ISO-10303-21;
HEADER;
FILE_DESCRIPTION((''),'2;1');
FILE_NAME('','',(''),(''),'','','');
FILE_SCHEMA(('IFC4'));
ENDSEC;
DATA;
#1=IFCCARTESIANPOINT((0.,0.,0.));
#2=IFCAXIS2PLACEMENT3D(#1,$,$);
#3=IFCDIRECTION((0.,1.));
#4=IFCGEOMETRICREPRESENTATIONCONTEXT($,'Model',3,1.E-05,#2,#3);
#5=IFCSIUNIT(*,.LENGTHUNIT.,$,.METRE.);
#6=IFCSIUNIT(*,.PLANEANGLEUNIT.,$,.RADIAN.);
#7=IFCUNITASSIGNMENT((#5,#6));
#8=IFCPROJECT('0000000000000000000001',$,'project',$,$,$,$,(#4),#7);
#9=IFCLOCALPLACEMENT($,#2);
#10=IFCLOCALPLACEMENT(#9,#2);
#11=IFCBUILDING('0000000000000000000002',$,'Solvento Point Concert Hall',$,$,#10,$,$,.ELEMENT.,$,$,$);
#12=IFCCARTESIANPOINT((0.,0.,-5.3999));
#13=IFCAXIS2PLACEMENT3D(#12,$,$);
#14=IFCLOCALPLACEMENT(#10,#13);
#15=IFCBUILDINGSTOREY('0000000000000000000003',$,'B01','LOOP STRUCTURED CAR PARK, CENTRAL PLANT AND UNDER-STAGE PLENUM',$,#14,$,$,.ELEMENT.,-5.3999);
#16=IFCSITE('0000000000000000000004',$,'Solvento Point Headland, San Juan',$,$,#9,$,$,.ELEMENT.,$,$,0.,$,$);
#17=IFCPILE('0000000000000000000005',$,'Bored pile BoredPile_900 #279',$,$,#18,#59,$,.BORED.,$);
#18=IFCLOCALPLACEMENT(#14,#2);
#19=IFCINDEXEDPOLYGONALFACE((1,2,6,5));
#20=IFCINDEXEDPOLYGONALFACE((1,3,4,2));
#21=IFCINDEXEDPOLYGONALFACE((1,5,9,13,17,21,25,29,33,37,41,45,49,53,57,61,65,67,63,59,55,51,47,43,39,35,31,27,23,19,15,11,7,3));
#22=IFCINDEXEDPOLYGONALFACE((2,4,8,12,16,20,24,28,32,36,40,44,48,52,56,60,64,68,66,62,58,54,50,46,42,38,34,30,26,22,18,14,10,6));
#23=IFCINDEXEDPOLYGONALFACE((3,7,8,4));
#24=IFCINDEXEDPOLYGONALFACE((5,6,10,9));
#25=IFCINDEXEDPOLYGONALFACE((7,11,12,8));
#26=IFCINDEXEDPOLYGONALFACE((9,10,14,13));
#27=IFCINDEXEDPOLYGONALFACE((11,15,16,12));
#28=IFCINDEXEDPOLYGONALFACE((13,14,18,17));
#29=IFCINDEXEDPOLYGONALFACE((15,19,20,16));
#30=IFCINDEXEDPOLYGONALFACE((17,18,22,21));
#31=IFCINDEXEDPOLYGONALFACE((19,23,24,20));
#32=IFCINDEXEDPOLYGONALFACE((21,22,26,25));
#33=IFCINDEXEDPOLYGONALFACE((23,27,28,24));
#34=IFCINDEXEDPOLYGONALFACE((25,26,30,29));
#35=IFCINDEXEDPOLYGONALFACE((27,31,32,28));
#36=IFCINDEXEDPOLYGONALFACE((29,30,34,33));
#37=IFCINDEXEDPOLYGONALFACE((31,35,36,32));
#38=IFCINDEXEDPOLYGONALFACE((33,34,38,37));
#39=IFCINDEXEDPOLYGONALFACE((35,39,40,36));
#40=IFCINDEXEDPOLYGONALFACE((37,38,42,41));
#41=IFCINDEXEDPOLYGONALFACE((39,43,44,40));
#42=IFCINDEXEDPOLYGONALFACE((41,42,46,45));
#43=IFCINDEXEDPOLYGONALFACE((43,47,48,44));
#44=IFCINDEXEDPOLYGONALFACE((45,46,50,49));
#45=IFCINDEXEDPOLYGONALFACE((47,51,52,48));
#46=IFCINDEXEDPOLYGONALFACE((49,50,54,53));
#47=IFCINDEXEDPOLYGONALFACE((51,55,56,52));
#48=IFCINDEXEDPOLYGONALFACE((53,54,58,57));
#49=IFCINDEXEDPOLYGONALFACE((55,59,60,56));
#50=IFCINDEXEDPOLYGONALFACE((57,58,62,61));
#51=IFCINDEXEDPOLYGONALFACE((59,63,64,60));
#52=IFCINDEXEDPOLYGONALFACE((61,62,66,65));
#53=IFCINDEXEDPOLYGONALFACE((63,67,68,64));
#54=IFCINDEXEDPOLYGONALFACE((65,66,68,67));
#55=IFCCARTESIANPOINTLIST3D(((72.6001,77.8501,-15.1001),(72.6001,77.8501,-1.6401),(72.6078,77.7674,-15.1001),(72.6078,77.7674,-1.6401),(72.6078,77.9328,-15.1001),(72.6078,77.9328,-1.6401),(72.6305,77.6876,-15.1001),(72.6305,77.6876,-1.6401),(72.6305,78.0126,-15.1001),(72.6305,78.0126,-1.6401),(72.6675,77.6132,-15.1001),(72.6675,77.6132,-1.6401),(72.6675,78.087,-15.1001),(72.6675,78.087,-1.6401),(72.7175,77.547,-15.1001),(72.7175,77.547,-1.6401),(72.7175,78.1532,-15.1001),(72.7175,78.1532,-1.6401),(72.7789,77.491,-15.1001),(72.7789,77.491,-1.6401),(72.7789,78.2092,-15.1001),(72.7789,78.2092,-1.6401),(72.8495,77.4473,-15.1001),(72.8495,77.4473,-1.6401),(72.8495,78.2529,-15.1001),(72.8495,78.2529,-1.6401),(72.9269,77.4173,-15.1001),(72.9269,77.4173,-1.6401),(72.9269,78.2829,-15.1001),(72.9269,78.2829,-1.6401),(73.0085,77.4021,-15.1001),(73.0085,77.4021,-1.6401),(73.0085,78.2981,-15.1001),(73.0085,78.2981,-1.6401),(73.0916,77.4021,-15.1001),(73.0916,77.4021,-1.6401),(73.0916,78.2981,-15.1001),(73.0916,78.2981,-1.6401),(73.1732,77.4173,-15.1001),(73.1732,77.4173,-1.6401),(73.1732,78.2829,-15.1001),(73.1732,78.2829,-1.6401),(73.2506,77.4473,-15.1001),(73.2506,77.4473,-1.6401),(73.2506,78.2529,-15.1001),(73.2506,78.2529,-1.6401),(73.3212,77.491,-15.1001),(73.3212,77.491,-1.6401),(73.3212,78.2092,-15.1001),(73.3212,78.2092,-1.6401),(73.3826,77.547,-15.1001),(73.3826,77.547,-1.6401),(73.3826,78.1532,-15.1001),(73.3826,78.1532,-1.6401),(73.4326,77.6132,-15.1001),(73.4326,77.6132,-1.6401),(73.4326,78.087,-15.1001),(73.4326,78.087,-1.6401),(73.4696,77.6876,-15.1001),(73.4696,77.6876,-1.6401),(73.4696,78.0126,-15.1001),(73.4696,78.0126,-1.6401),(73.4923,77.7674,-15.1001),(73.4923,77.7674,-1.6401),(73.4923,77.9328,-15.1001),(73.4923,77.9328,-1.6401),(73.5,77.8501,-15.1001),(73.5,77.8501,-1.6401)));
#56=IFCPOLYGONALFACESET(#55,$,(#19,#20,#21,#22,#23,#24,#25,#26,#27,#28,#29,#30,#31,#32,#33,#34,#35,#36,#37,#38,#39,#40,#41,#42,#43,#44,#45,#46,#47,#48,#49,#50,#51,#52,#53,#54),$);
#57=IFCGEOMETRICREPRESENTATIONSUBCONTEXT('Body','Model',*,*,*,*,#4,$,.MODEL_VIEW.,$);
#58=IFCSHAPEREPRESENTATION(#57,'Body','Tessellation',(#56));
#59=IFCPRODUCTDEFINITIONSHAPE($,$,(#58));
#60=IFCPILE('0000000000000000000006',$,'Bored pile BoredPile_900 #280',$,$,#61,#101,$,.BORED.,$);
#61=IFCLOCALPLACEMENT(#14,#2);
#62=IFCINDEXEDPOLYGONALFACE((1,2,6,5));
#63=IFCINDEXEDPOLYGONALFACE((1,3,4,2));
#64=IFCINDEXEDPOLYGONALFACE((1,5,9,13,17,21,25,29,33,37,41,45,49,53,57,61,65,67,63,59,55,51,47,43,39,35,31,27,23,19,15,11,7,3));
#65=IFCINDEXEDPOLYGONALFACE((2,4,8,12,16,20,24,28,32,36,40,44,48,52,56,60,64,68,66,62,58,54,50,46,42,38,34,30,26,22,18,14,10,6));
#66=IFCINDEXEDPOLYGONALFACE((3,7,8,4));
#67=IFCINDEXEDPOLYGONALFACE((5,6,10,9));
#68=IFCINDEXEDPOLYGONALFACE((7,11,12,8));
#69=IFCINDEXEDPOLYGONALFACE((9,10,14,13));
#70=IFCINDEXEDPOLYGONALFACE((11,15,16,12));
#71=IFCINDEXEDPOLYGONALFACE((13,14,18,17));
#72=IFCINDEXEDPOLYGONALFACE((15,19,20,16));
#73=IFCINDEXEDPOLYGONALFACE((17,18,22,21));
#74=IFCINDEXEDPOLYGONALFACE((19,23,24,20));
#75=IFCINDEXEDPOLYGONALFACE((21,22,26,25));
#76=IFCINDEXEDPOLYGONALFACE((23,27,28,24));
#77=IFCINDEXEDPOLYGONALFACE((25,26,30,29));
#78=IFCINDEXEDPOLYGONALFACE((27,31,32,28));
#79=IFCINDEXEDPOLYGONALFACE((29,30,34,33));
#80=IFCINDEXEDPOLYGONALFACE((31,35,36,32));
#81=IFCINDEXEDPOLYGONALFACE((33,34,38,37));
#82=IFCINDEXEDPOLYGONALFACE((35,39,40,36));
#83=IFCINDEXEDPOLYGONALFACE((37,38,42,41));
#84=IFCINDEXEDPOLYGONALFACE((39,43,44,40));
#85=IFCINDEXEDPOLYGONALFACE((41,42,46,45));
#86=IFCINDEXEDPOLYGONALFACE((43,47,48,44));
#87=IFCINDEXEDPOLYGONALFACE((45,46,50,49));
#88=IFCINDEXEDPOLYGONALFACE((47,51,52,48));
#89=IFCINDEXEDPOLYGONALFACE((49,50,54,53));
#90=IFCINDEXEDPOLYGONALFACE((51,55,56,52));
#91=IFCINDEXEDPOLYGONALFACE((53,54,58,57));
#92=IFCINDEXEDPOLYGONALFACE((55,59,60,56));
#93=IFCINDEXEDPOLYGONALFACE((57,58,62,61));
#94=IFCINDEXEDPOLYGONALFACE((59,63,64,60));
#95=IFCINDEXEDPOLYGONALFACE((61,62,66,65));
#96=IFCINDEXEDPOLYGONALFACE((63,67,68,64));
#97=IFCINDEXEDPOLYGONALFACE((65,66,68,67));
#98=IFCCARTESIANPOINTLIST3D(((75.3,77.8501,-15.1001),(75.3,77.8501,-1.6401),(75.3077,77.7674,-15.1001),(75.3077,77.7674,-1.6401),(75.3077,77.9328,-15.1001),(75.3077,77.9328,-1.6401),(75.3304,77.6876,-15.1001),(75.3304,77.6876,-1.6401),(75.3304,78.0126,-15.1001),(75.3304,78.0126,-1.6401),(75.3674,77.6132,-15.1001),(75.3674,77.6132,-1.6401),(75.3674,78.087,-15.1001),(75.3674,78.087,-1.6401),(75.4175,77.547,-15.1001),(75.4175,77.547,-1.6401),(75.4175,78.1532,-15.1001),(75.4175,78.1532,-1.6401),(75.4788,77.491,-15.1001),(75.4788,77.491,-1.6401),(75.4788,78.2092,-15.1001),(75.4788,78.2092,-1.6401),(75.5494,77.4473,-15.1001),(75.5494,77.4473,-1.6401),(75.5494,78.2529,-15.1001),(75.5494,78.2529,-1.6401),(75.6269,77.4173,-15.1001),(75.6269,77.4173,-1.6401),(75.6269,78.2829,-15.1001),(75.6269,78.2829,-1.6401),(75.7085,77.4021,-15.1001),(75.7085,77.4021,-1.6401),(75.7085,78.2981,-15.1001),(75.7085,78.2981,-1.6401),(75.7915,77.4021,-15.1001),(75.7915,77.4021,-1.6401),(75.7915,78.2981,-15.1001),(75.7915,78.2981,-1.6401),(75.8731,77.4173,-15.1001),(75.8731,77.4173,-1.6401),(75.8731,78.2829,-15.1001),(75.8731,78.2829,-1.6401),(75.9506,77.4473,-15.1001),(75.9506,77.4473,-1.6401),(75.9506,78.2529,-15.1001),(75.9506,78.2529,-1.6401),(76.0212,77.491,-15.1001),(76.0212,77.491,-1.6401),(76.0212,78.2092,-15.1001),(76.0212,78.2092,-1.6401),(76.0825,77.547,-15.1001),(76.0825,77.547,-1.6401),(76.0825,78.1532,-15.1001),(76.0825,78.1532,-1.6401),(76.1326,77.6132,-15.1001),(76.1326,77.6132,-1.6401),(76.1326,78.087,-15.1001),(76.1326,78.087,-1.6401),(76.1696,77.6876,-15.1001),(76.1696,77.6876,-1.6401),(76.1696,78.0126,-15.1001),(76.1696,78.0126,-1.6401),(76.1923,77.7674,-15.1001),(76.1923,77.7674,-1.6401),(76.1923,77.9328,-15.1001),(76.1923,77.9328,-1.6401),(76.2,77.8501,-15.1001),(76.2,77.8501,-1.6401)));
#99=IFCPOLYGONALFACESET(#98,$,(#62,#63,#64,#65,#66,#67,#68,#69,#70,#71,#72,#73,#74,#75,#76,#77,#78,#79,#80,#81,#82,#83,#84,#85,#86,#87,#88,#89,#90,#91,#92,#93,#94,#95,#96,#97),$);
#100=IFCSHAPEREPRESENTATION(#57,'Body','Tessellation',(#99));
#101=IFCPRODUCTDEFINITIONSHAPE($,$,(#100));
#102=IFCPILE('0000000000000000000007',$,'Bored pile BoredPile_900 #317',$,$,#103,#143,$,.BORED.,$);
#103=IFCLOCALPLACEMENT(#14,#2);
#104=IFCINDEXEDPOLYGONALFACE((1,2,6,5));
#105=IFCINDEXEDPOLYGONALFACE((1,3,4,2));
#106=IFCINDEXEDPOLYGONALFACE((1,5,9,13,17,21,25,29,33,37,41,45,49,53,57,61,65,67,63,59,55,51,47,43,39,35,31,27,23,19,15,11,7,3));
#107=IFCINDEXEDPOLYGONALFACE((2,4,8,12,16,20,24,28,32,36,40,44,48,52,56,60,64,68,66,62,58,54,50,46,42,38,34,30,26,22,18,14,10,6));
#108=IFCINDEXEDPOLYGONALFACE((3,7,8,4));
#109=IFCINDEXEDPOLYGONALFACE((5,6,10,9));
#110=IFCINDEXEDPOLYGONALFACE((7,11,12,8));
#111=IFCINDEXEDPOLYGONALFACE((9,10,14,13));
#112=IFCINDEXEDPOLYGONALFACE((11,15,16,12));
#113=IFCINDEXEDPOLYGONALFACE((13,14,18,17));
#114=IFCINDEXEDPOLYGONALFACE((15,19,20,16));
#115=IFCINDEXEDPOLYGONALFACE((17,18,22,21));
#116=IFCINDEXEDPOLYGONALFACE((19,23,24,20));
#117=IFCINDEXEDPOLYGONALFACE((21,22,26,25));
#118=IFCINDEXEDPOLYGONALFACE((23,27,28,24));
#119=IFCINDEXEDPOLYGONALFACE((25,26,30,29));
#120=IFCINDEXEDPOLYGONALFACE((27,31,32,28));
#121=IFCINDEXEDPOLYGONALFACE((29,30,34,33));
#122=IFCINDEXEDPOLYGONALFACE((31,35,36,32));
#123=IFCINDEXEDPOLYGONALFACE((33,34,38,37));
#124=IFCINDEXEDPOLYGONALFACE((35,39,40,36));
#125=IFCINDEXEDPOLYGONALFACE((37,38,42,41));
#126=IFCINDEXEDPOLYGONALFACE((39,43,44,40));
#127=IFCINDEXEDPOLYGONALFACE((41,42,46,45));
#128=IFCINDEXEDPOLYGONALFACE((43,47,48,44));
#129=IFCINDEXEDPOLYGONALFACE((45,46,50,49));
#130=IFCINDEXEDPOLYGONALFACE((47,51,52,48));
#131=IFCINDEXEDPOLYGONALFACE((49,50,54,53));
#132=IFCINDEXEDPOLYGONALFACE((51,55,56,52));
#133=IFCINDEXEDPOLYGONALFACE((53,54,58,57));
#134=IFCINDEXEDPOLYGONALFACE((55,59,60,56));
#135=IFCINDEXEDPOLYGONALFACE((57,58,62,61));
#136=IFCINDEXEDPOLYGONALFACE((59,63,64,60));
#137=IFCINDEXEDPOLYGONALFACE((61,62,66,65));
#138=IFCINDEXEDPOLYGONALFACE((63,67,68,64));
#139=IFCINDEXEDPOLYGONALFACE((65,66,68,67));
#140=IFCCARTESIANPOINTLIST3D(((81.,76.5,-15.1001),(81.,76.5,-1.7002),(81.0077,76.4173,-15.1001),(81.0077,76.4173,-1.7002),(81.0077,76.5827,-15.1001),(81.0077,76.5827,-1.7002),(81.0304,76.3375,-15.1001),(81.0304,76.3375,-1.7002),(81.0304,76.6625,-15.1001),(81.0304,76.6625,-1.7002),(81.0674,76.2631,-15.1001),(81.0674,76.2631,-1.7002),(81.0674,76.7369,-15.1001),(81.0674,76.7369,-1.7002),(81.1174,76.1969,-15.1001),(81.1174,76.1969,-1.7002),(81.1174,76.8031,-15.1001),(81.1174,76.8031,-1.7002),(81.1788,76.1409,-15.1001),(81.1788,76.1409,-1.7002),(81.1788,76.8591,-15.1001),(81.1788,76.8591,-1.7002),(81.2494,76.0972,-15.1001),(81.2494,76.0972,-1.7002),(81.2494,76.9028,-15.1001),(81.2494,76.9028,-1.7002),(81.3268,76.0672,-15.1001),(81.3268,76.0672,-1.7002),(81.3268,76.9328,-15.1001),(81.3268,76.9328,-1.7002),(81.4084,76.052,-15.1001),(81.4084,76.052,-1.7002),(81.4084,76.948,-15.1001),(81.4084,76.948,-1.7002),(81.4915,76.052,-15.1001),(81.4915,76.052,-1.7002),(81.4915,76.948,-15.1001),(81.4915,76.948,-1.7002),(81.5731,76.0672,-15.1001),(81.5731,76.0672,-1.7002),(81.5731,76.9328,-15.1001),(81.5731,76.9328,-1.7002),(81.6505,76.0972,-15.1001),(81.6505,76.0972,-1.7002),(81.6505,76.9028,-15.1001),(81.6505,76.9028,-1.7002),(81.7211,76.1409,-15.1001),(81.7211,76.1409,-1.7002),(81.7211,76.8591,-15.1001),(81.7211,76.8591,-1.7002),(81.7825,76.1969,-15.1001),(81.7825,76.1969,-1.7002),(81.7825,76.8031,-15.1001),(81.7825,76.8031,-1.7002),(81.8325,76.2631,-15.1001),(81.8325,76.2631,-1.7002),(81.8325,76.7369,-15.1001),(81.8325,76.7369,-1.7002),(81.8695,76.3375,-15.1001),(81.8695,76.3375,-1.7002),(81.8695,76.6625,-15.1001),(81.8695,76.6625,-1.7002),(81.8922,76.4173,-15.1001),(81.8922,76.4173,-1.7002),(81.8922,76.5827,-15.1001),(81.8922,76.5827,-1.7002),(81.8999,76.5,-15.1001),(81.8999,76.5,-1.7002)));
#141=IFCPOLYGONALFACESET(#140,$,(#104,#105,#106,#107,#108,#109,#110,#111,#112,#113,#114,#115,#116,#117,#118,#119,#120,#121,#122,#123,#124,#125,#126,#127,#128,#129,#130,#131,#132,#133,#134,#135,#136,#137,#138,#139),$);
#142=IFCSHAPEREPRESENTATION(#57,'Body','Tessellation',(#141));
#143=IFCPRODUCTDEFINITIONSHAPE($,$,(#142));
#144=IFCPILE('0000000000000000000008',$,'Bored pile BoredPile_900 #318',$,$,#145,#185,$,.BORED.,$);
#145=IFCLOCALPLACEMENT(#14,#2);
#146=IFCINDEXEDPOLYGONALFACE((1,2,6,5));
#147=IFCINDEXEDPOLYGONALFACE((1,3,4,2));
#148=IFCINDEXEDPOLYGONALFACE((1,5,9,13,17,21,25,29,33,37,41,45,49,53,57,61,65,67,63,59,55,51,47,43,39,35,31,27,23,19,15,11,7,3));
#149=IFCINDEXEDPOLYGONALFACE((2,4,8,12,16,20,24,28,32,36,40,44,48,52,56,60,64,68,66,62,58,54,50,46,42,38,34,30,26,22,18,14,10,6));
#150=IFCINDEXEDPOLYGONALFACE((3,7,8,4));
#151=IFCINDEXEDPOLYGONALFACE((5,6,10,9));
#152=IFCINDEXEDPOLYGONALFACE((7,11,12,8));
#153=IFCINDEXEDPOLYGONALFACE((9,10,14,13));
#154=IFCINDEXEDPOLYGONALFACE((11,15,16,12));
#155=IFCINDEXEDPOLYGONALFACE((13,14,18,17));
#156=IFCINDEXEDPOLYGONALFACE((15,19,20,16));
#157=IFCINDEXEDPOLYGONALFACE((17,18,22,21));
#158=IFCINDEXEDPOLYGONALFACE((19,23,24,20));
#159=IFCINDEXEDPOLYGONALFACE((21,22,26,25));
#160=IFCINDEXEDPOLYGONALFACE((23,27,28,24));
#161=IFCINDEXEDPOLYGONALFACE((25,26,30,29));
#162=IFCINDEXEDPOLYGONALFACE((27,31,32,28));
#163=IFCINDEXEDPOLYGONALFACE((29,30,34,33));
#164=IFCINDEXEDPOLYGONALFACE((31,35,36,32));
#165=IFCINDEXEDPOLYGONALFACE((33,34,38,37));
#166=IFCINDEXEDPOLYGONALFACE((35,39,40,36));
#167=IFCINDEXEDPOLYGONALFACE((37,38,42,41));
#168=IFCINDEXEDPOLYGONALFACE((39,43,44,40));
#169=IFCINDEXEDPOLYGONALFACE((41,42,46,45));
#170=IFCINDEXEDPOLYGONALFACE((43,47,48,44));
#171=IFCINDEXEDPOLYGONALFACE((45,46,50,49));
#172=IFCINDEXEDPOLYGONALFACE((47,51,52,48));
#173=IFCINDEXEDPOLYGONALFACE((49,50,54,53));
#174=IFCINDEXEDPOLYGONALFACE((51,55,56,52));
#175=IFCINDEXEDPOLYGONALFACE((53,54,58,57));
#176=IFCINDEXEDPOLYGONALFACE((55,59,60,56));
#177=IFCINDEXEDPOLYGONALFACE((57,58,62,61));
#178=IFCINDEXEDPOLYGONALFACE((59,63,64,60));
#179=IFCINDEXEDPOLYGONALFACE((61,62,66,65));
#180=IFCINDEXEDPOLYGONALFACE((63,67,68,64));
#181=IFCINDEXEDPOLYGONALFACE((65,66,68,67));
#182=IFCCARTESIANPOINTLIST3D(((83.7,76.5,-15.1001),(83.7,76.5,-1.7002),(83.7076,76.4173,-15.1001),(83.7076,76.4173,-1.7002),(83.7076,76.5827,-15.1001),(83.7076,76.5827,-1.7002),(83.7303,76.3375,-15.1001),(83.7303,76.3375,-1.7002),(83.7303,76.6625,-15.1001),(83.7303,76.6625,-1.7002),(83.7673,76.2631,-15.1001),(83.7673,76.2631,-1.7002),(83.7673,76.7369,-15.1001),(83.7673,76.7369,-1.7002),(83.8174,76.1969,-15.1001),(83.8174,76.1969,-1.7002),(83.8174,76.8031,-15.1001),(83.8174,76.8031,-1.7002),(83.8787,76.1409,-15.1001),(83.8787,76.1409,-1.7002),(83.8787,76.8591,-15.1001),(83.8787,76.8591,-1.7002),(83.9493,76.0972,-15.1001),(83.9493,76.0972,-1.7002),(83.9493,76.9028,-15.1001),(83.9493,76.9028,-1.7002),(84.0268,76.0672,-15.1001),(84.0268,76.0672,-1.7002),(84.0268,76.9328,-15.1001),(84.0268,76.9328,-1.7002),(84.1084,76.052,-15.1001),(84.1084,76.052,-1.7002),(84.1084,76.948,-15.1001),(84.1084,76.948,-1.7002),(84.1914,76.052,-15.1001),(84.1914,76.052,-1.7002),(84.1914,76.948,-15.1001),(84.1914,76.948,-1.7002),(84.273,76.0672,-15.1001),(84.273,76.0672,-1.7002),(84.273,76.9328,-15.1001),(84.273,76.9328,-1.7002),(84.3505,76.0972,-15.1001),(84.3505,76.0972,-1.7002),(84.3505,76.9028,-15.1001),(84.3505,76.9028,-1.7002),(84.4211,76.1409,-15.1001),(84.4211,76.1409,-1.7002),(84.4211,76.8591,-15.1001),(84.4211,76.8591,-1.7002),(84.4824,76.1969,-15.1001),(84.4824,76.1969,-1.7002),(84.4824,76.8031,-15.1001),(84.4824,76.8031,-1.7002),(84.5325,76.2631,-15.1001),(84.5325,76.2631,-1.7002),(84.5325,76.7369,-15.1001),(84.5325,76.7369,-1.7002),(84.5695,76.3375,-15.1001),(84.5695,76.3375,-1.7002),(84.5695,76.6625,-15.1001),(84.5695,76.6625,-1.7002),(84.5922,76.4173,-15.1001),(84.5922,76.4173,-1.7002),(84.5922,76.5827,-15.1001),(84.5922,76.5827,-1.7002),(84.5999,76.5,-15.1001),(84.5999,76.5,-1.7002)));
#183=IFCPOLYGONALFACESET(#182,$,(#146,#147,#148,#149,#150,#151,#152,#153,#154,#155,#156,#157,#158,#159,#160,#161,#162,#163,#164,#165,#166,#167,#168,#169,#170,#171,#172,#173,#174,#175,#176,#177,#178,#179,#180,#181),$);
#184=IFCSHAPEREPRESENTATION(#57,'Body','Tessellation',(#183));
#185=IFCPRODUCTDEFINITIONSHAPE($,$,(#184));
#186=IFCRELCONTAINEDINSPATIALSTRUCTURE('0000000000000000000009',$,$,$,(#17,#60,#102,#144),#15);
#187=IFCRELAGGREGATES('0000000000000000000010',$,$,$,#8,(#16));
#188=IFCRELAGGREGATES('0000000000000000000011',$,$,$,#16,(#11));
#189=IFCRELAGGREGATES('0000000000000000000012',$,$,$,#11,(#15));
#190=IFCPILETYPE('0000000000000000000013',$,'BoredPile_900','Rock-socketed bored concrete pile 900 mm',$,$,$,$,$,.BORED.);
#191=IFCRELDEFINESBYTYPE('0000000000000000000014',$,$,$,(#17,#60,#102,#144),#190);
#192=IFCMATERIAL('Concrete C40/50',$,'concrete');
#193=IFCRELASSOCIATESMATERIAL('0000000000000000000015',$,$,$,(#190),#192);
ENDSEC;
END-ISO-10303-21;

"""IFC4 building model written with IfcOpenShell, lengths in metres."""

from ifc_helpers import new_model, si_unit, direction, frame, origin, origin_2d, place, context, subcontext, project, spatial, circle, extrude, material, material_profile, profile_set, type_object, element, save


model = new_model("IFC4")

# Units and contexts
model_context = context("Model", 3, precision=1e-05, world=origin(), true_north=direction((0.0, 1.0)))
body_context = subcontext(model_context, "Body", "Model", "MODEL_VIEW")
ifc_project = project(units=[si_unit("LENGTHUNIT", "METRE"), si_unit("PLANEANGLEUNIT", "RADIAN")], contexts=[model_context])

# Site, building, storey
site_placement = place(None, origin())
site = spatial("IfcSite", under=ifc_project, at=site_placement, Name="Solvento Point Headland, San Juan", CompositionType="ELEMENT", RefElevation=0.0)
building_placement = place(site_placement, origin())
building = spatial("IfcBuilding", under=site, at=building_placement, Name="Solvento Point Concert Hall", CompositionType="ELEMENT")
storey_placement = place(building_placement, frame((0.0, 0.0, -5.3999)))
storey = spatial("IfcBuildingStorey", under=building, at=storey_placement, Name="B01", Description="LOOP STRUCTURED CAR PARK, CENTRAL PLANT AND UNDER-STAGE PLENUM", CompositionType="ELEMENT", Elevation=-5.3999)

# Piles
ifc_material_1 = material(Name="Concrete C40/50", Category="concrete")
ifc_material_profile_1 = material_profile(ifc_material_1, circle(Radius=0.45, at=origin_2d()), Name="BP-900")
ifc_profile_set_1 = profile_set([ifc_material_profile_1], Name="Concrete C40/50")
pile_type_1 = type_object("IfcPileType", Name="BoredPile_900", Description="Rock-socketed bored concrete pile 900 mm", PredefinedType="BORED", material=ifc_profile_set_1)
for number, where, z_axis, x_axis, name in (
    (1, (73.05, 77.8501, -1.6401), (0.0, 0.0, -1.0), (1.0, 0.0, 0.0), "Bored pile BoredPile_900 #279"),
    (2, (75.75, 77.8501, -1.6401), (0.0, 0.0, -1.0), (1.0, 0.0, 0.0), "Bored pile BoredPile_900 #280"),
):
    element("IfcPile", number, at=place(storey_placement, frame(where, z_axis=z_axis, x_axis=x_axis)), inside=storey, type_object=pile_type_1, Name=name, PredefinedType="BORED", context=body_context, shape_type="SweptSolid", body=[
        extrude(circle(Radius=0.45, at=origin_2d()), origin(), (0.0, 0.0, 1.0), 13.46),
    ])
for number, where, z_axis, x_axis, name in (
    (3, (81.45, 76.5, -1.7002), (0.0, 0.0, -1.0), (1.0, 0.0, 0.0), "Bored pile BoredPile_900 #317"),
    (4, (84.1499, 76.5, -1.7002), (0.0, 0.0, -1.0), (1.0, 0.0, 0.0), "Bored pile BoredPile_900 #318"),
):
    element("IfcPile", number, at=place(storey_placement, frame(where, z_axis=z_axis, x_axis=x_axis)), inside=storey, type_object=pile_type_1, Name=name, PredefinedType="BORED", context=body_context, shape_type="SweptSolid", body=[
        extrude(circle(Radius=0.45, at=origin_2d()), origin(), (0.0, 0.0, 1.0), 13.3999),
    ])

save(model, "model.ifc")
